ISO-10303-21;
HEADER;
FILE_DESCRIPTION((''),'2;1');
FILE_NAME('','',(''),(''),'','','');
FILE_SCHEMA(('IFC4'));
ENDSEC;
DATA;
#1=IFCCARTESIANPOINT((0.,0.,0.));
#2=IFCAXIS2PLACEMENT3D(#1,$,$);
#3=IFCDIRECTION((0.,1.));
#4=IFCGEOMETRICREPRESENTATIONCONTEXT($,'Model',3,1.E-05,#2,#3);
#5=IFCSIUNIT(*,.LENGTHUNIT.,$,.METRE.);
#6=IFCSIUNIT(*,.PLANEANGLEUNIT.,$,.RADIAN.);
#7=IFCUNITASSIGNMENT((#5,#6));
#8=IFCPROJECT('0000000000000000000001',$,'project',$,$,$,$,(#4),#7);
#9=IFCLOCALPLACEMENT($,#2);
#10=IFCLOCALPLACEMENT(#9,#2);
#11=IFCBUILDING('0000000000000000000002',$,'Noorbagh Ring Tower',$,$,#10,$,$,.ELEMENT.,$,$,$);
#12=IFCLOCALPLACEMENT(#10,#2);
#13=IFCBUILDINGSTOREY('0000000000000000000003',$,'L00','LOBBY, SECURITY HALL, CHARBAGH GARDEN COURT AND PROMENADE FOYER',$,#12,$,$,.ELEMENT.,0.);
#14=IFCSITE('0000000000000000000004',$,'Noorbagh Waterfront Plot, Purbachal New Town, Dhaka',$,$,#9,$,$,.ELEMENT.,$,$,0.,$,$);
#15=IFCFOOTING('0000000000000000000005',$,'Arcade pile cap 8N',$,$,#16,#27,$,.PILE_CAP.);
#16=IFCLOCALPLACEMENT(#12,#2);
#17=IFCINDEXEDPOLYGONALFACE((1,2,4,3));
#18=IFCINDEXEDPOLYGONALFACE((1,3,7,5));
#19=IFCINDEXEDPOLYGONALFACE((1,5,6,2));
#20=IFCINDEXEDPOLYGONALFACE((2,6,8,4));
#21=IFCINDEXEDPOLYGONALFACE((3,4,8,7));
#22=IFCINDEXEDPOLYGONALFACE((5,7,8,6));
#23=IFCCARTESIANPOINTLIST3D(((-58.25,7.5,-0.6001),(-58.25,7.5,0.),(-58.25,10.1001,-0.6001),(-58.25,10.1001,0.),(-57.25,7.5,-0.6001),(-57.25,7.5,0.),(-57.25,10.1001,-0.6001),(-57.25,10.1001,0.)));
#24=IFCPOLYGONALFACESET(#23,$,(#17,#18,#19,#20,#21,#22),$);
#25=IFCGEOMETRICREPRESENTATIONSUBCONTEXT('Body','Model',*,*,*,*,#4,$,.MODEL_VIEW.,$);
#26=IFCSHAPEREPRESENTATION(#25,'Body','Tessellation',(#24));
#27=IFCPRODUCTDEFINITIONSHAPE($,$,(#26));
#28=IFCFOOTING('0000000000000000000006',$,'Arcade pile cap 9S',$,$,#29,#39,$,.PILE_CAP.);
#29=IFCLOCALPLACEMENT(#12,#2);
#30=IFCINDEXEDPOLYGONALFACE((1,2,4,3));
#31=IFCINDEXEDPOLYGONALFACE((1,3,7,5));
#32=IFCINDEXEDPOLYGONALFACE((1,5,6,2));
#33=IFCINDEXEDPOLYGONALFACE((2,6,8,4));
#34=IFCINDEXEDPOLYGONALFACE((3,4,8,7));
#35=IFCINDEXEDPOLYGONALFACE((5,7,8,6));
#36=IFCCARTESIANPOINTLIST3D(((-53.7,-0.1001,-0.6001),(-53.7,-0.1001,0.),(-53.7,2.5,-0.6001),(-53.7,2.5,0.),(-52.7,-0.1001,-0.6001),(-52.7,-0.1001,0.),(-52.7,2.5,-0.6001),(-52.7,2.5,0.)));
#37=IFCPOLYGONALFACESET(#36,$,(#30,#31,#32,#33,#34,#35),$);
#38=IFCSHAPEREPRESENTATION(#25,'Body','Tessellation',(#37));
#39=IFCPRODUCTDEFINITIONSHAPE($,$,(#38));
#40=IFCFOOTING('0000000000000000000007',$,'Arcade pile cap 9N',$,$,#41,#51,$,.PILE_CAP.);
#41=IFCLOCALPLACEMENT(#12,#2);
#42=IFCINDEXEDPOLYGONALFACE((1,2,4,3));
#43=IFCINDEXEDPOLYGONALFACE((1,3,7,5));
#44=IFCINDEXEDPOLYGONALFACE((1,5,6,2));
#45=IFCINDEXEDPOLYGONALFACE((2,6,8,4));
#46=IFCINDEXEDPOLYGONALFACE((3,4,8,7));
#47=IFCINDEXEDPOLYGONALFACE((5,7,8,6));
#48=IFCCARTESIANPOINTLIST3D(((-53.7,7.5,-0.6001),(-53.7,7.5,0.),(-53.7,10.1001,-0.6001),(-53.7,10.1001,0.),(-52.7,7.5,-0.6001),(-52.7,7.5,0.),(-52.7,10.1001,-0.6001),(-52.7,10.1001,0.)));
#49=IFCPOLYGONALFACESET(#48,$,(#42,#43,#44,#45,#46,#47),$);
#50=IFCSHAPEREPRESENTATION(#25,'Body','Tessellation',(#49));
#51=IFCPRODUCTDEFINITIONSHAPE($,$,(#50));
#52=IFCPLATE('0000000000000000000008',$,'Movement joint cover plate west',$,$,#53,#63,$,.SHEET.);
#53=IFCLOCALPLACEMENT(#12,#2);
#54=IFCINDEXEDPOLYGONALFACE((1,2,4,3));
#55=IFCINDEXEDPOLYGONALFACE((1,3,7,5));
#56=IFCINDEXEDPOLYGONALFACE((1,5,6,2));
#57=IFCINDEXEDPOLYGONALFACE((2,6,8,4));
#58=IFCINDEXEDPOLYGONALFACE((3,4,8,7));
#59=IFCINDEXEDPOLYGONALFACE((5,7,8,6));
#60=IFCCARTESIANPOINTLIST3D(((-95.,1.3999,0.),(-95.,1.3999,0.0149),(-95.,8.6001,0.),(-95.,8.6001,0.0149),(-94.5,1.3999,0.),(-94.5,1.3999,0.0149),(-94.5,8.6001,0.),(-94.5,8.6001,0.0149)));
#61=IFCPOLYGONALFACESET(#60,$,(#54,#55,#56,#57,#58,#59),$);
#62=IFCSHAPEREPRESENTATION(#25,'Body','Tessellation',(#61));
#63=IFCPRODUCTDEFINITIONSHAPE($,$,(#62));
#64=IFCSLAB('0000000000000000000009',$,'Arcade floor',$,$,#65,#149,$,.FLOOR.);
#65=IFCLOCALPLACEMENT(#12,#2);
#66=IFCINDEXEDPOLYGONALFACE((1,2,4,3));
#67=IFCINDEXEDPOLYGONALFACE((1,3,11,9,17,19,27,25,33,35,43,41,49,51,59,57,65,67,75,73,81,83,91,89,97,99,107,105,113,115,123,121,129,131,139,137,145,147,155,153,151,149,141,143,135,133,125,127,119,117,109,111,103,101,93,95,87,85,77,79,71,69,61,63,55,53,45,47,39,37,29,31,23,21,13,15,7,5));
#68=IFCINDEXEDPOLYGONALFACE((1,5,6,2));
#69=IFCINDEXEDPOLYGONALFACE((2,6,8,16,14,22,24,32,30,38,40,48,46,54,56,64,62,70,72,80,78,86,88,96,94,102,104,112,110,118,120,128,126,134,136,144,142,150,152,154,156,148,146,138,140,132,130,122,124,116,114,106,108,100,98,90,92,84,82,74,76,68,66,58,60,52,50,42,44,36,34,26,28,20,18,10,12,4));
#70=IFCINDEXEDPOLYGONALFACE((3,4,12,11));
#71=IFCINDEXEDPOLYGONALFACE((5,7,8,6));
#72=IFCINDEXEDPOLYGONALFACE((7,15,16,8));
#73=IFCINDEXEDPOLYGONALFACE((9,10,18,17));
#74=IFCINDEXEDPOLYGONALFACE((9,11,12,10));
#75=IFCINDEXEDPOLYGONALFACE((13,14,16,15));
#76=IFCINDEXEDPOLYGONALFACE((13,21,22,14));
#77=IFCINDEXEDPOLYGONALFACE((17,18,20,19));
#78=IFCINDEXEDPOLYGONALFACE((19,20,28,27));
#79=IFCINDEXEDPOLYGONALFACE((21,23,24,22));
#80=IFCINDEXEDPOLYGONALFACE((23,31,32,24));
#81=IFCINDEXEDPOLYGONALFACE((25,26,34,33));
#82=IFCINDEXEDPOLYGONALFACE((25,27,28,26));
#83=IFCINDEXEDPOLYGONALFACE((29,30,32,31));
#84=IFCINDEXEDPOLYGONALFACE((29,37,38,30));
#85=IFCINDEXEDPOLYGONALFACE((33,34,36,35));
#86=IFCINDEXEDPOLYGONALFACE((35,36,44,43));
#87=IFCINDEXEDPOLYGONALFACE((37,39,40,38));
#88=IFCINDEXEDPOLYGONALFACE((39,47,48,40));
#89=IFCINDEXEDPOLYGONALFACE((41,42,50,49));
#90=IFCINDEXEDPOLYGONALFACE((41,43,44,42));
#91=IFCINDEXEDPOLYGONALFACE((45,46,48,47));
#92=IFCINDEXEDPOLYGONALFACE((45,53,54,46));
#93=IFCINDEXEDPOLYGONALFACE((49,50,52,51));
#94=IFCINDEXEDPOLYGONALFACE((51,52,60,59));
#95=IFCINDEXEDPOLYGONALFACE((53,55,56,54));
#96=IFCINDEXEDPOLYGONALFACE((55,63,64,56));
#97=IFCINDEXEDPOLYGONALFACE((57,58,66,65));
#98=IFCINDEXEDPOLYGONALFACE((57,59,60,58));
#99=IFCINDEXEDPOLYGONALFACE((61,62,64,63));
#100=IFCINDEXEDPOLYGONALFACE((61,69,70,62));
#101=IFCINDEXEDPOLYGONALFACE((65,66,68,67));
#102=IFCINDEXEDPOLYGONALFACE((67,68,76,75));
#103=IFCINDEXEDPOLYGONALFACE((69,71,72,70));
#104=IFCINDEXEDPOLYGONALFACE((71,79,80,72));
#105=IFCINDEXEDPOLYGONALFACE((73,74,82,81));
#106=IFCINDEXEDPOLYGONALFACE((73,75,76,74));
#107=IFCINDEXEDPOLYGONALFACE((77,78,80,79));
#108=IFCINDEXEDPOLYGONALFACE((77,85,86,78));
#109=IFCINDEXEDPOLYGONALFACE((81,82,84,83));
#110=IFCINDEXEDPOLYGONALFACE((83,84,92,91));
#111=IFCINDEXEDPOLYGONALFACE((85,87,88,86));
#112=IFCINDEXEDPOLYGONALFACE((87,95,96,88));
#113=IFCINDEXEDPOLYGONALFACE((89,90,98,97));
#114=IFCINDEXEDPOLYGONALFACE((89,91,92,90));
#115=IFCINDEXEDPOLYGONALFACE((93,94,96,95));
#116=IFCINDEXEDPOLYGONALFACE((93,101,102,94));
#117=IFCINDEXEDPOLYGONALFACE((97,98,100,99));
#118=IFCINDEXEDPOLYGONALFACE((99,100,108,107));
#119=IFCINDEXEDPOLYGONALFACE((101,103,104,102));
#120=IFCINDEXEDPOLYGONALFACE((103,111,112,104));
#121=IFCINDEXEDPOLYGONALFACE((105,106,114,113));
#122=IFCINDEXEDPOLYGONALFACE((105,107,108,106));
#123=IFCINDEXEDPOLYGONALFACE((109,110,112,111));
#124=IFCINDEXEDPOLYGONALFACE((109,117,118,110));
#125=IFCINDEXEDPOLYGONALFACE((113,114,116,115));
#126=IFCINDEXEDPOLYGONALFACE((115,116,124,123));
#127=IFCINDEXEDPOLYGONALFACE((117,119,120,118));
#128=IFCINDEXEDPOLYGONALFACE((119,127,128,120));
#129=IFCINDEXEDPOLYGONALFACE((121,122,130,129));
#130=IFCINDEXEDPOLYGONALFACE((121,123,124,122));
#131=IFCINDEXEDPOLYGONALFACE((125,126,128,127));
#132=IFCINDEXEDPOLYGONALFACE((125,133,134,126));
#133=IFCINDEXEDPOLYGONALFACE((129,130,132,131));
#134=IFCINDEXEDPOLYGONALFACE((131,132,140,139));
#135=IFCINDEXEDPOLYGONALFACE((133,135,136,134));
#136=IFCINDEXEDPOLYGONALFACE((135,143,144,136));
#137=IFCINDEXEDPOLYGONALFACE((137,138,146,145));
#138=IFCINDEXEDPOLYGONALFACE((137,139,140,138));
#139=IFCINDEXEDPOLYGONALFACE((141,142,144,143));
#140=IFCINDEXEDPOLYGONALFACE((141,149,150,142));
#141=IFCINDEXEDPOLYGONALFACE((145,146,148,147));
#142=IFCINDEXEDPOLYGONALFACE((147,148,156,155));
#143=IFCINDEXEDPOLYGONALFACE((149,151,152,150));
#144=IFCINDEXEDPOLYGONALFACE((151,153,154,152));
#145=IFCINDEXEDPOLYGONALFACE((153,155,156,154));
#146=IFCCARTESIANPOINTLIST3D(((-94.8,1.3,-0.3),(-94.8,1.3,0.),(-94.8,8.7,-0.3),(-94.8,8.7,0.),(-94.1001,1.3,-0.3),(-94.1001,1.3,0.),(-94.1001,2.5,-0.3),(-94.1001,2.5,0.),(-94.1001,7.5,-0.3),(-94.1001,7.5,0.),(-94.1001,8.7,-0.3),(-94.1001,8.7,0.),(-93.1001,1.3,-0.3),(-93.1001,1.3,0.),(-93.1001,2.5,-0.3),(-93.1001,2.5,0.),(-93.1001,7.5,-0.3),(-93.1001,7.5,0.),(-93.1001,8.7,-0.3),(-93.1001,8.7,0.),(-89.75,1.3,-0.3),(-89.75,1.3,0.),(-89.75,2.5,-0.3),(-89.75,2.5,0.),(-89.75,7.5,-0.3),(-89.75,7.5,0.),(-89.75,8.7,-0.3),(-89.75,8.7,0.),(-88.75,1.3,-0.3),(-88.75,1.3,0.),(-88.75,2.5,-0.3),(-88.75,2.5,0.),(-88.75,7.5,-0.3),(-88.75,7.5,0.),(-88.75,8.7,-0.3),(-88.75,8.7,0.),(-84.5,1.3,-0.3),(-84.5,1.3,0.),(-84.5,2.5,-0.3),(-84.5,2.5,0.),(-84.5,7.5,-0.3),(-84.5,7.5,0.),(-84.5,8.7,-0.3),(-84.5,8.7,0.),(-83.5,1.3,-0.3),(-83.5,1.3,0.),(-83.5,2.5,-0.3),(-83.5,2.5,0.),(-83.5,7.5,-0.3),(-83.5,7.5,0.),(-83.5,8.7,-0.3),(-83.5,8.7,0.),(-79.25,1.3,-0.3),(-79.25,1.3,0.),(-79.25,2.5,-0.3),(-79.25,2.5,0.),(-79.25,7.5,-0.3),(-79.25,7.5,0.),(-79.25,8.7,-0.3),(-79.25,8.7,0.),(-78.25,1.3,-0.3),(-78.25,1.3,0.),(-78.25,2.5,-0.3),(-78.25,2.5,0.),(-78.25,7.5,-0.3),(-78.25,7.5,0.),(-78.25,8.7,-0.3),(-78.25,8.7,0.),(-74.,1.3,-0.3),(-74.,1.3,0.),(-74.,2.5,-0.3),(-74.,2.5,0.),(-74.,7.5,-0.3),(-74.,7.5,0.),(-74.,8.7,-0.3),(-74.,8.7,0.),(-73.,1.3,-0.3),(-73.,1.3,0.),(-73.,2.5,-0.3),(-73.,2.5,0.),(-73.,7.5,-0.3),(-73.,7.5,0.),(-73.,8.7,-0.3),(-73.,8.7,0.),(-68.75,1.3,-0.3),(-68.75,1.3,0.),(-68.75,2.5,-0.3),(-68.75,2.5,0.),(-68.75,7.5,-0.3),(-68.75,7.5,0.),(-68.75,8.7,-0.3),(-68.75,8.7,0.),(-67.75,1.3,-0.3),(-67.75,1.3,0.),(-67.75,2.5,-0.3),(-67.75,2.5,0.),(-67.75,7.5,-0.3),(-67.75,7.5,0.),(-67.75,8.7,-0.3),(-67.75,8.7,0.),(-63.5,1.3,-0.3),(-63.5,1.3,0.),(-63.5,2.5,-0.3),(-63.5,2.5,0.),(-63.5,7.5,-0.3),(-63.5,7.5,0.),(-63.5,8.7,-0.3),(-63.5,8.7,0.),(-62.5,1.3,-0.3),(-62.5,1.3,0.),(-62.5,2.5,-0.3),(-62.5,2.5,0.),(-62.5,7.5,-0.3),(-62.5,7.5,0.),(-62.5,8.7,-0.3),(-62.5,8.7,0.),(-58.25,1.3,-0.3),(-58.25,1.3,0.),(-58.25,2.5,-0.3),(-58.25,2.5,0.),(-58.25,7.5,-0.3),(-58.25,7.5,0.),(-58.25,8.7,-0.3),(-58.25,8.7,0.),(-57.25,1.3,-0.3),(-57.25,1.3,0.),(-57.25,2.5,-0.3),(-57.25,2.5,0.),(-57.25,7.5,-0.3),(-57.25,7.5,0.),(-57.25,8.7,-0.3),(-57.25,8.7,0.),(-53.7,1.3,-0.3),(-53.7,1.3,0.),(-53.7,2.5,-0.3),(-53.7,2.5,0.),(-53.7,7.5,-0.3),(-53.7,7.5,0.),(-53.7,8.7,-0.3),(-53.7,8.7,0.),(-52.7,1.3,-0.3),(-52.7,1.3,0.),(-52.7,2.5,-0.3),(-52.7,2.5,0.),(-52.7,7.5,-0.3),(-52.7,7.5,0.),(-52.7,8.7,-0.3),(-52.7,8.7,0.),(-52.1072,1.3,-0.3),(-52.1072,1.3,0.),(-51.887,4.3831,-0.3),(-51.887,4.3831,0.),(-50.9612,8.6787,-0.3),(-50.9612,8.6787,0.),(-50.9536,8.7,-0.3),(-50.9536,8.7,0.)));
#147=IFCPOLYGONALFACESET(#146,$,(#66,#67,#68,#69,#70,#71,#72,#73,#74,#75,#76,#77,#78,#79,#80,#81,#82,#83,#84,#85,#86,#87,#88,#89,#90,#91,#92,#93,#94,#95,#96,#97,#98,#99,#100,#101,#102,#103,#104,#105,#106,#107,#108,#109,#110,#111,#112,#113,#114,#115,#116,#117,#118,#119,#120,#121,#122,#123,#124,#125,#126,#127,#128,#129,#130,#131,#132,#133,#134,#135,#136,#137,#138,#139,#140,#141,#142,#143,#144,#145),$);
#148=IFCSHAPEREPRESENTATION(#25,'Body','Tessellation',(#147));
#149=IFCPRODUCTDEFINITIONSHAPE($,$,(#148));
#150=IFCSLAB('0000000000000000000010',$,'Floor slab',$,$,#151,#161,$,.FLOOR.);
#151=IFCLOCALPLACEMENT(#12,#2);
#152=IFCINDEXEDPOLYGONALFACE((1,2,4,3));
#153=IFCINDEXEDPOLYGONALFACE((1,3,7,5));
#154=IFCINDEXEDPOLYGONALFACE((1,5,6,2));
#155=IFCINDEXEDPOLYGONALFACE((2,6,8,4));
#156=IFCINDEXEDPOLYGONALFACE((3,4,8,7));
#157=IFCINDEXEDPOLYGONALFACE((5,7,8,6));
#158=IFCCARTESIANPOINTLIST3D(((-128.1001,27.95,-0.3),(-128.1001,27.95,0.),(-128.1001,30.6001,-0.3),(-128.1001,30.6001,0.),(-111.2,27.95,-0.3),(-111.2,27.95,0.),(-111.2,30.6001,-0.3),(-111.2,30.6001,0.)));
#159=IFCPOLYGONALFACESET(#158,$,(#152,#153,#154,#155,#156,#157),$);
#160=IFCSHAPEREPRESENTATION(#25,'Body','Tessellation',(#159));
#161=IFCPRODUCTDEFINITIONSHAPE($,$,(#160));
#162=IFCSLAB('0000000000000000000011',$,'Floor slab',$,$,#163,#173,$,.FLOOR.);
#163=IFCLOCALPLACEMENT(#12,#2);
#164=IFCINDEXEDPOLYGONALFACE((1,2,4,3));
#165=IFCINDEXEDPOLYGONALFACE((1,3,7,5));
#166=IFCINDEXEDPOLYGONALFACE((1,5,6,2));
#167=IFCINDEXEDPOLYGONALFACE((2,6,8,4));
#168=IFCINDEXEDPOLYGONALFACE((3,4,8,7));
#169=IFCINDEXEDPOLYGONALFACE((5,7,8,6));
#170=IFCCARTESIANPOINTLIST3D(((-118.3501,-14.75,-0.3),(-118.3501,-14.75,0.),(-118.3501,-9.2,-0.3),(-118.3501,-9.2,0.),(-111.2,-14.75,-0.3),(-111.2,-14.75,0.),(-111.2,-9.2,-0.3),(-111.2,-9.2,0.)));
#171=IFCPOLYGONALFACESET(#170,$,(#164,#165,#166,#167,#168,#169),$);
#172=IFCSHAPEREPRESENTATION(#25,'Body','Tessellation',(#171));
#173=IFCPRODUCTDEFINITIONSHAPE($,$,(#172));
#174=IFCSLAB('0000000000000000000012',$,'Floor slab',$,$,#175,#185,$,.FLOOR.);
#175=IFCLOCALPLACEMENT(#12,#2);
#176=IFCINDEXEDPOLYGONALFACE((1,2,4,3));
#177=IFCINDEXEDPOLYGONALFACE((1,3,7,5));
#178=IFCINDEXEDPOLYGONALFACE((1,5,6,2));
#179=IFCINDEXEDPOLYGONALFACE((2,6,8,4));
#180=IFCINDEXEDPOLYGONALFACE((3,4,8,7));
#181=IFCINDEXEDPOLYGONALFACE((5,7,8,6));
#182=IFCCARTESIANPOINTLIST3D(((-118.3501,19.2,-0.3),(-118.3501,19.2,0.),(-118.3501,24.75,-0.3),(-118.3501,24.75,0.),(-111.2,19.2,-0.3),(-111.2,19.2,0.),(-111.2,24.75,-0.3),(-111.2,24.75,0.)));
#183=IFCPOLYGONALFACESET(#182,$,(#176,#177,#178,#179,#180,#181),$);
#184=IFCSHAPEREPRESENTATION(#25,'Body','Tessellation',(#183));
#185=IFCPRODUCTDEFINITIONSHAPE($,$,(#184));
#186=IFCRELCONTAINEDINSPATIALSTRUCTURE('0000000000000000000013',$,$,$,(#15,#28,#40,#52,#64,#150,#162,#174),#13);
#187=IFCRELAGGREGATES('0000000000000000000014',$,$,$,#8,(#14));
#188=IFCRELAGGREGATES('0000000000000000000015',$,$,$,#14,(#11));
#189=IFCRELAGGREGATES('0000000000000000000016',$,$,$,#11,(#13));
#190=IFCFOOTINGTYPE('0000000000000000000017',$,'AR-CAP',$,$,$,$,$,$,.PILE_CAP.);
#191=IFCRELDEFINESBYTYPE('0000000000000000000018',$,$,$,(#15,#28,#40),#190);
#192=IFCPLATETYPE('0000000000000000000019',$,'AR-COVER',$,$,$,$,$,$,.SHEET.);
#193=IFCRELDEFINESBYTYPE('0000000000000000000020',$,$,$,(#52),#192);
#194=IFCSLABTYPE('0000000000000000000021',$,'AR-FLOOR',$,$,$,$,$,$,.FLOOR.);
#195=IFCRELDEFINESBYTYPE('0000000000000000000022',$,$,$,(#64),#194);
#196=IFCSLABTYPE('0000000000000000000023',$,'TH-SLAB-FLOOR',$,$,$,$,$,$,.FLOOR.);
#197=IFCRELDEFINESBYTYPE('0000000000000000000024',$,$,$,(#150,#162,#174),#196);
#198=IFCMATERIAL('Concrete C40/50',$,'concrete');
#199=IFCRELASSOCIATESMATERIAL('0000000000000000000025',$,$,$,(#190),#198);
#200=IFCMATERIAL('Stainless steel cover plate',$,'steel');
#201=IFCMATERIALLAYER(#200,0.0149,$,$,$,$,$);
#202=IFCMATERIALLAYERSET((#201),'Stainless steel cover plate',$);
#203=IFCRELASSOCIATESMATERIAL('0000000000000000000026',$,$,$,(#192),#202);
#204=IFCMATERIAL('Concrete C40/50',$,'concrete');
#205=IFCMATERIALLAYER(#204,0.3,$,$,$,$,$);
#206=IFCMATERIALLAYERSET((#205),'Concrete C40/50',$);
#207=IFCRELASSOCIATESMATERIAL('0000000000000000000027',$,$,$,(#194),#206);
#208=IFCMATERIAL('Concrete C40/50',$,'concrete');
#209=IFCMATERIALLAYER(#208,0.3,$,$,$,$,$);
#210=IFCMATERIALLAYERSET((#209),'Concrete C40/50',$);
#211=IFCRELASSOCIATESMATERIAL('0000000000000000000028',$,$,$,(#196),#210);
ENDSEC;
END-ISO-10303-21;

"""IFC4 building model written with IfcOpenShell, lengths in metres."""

from ifc_helpers import new_model, si_unit, direction, frame, origin, place, context, subcontext, project, spatial, polyline, outline, extrude, material, layer, layer_set, type_object, element, save


model = new_model("IFC4")

# Units and contexts
model_context = context("Model", 3, precision=1e-05, world=origin(), true_north=direction((0.0, 1.0)))
body_context = subcontext(model_context, "Body", "Model", "MODEL_VIEW")
ifc_project = project(units=[si_unit("LENGTHUNIT", "METRE"), si_unit("PLANEANGLEUNIT", "RADIAN")], contexts=[model_context])

# Site, building, storey
site_placement = place(None, origin())
site = spatial("IfcSite", under=ifc_project, at=site_placement, Name="Noorbagh Waterfront Plot, Purbachal New Town, Dhaka", CompositionType="ELEMENT", RefElevation=0.0)
building_placement = place(site_placement, origin())
building = spatial("IfcBuilding", under=site, at=building_placement, Name="Noorbagh Ring Tower", CompositionType="ELEMENT")
storey_placement = place(building_placement, origin())
storey = spatial("IfcBuildingStorey", under=building, at=storey_placement, Name="L00", Description="LOBBY, SECURITY HALL, CHARBAGH GARDEN COURT AND PROMENADE FOYER", CompositionType="ELEMENT", Elevation=0.0)

# Footings
ifc_material_1 = material(Name="Concrete C40/50", Category="concrete")
footing_type = type_object("IfcFootingType", Name="AR-CAP", PredefinedType="PILE_CAP", material=ifc_material_1)
footing_1_placement = place(storey_placement, frame((0.0, 0.0, -0.6001)))
element("IfcFooting", 1, at=footing_1_placement, inside=storey, type_object=footing_type, Name="Arcade pile cap 8N", PredefinedType="PILE_CAP", context=body_context, shape_type="SweptSolid", body=[
    extrude(outline(polyline([(-58.25, 7.5), (-57.25, 7.5), (-57.25, 10.1001), (-58.25, 10.1001), (-58.25, 7.5)])), origin(), (0.0, 0.0, 1.0), 0.6001),
])
footing_2_placement = place(storey_placement, frame((0.0, 0.0, -0.6001)))
element("IfcFooting", 2, at=footing_2_placement, inside=storey, type_object=footing_type, Name="Arcade pile cap 9S", PredefinedType="PILE_CAP", context=body_context, shape_type="SweptSolid", body=[
    extrude(outline(polyline([(-53.7, -0.1001), (-52.7, -0.1001), (-52.7, 2.5), (-53.7, 2.5), (-53.7, -0.1001)])), origin(), (0.0, 0.0, 1.0), 0.6001),
])
footing_3_placement = place(storey_placement, frame((0.0, 0.0, -0.6001)))
element("IfcFooting", 3, at=footing_3_placement, inside=storey, type_object=footing_type, Name="Arcade pile cap 9N", PredefinedType="PILE_CAP", context=body_context, shape_type="SweptSolid", body=[
    extrude(outline(polyline([(-53.7, 7.5), (-52.7, 7.5), (-52.7, 10.1001), (-53.7, 10.1001), (-53.7, 7.5)])), origin(), (0.0, 0.0, 1.0), 0.6001),
])

# Plate
ifc_material_2 = material(Name="Stainless steel cover plate", Category="steel")
ifc_layer_1 = layer(ifc_material_2, 0.0149)
ifc_layer_set_1 = layer_set([ifc_layer_1], Name="Stainless steel cover plate")
plate_type = type_object("IfcPlateType", Name="AR-COVER", PredefinedType="SHEET", material=ifc_layer_set_1)
plate_placement = place(storey_placement, origin())
element("IfcPlate", 4, at=plate_placement, inside=storey, type_object=plate_type, Name="Movement joint cover plate west", PredefinedType="SHEET", context=body_context, shape_type="SweptSolid", body=[
    extrude(outline(polyline([(-95.0, 1.3999), (-94.5, 1.3999), (-94.5, 8.6001), (-95.0, 8.6001), (-95.0, 1.3999)])), origin(), (0.0, 0.0, 1.0), 0.0149),
])

# Slabs
ifc_material_3 = material(Name="Concrete C40/50", Category="concrete")
ifc_layer_2 = layer(ifc_material_3, 0.3)
ifc_layer_set_2 = layer_set([ifc_layer_2], Name="Concrete C40/50")
slab_type_1 = type_object("IfcSlabType", Name="AR-FLOOR", PredefinedType="FLOOR", material=ifc_layer_set_2)
slab_1_placement = place(storey_placement, frame((0.0, 0.0, -0.3)))
element("IfcSlab", 5, at=slab_1_placement, inside=storey, type_object=slab_type_1, Name="Arcade floor", PredefinedType="FLOOR", context=body_context, shape_type="SweptSolid", body=[
    extrude(outline(polyline([(-94.8, 8.7), (-94.1001, 8.7), (-94.1001, 7.5), (-93.1001, 7.5), (-93.1001, 8.7), (-89.75, 8.7), (-89.75, 7.5), (-88.75, 7.5), (-88.75, 8.7), (-84.5, 8.7), (-84.5, 7.5), (-83.5, 7.5), (-83.5, 8.7), (-79.25, 8.7), (-79.25, 7.5), (-78.25, 7.5), (-78.25, 8.7), (-74.0, 8.7), (-74.0, 7.5), (-73.0, 7.5), (-73.0, 8.7), (-68.75, 8.7), (-68.75, 7.5), (-67.75, 7.5), (-67.75, 8.7), (-63.5, 8.7), (-63.5, 7.5), (-62.5, 7.5), (-62.5, 8.7), (-58.25, 8.7), (-58.25, 7.5), (-57.25, 7.5), (-57.25, 8.7), (-53.7, 8.7), (-53.7, 7.5), (-52.7, 7.5), (-52.7, 8.7), (-50.9536, 8.7), (-50.9612, 8.6787), (-51.887, 4.3831), (-52.1072, 1.3), (-52.7, 1.3), (-52.7, 2.5), (-53.7, 2.5), (-53.7, 1.3), (-57.25, 1.3), (-57.25, 2.5), (-58.25, 2.5), (-58.25, 1.3), (-62.5, 1.3), (-62.5, 2.5), (-63.5, 2.5), (-63.5, 1.3), (-67.75, 1.3), (-67.75, 2.5), (-68.75, 2.5), (-68.75, 1.3), (-73.0, 1.3), (-73.0, 2.5), (-74.0, 2.5), (-74.0, 1.3), (-78.25, 1.3), (-78.25, 2.5), (-79.25, 2.5), (-79.25, 1.3), (-83.5, 1.3), (-83.5, 2.5), (-84.5, 2.5), (-84.5, 1.3), (-88.75, 1.3), (-88.75, 2.5), (-89.75, 2.5), (-89.75, 1.3), (-93.1001, 1.3), (-93.1001, 2.5), (-94.1001, 2.5), (-94.1001, 1.3), (-94.8, 1.3), (-94.8, 8.7)])), origin(), (0.0, 0.0, 1.0), 0.3),
])
ifc_material_4 = material(Name="Concrete C40/50", Category="concrete")
ifc_layer_3 = layer(ifc_material_4, 0.3)
ifc_layer_set_3 = layer_set([ifc_layer_3], Name="Concrete C40/50")
slab_type_2 = type_object("IfcSlabType", Name="TH-SLAB-FLOOR", PredefinedType="FLOOR", material=ifc_layer_set_3)
slab_2_placement = place(storey_placement, frame((0.0, 0.0, -0.3)))
element("IfcSlab", 6, at=slab_2_placement, inside=storey, type_object=slab_type_2, Name="Floor slab", PredefinedType="FLOOR", context=body_context, shape_type="SweptSolid", body=[
    extrude(outline(polyline([(-111.2, 27.95), (-111.2, 30.6001), (-128.1001, 30.6001), (-128.1001, 27.95), (-111.2, 27.95)])), origin(), (0.0, 0.0, 1.0), 0.3),
])
slab_3_placement = place(storey_placement, frame((0.0, 0.0, -0.3)))
element("IfcSlab", 7, at=slab_3_placement, inside=storey, type_object=slab_type_2, Name="Floor slab", PredefinedType="FLOOR", context=body_context, shape_type="SweptSolid", body=[
    extrude(outline(polyline([(-111.2, -14.75), (-111.2, -9.2), (-118.3501, -9.2), (-118.3501, -14.75), (-111.2, -14.75)])), origin(), (0.0, 0.0, 1.0), 0.3),
])
slab_4_placement = place(storey_placement, frame((0.0, 0.0, -0.3)))
element("IfcSlab", 8, at=slab_4_placement, inside=storey, type_object=slab_type_2, Name="Floor slab", PredefinedType="FLOOR", context=body_context, shape_type="SweptSolid", body=[
    extrude(outline(polyline([(-118.3501, 24.75), (-118.3501, 19.2), (-111.2, 19.2), (-111.2, 24.75), (-118.3501, 24.75)])), origin(), (0.0, 0.0, 1.0), 0.3),
])

save(model, "model.ifc")
